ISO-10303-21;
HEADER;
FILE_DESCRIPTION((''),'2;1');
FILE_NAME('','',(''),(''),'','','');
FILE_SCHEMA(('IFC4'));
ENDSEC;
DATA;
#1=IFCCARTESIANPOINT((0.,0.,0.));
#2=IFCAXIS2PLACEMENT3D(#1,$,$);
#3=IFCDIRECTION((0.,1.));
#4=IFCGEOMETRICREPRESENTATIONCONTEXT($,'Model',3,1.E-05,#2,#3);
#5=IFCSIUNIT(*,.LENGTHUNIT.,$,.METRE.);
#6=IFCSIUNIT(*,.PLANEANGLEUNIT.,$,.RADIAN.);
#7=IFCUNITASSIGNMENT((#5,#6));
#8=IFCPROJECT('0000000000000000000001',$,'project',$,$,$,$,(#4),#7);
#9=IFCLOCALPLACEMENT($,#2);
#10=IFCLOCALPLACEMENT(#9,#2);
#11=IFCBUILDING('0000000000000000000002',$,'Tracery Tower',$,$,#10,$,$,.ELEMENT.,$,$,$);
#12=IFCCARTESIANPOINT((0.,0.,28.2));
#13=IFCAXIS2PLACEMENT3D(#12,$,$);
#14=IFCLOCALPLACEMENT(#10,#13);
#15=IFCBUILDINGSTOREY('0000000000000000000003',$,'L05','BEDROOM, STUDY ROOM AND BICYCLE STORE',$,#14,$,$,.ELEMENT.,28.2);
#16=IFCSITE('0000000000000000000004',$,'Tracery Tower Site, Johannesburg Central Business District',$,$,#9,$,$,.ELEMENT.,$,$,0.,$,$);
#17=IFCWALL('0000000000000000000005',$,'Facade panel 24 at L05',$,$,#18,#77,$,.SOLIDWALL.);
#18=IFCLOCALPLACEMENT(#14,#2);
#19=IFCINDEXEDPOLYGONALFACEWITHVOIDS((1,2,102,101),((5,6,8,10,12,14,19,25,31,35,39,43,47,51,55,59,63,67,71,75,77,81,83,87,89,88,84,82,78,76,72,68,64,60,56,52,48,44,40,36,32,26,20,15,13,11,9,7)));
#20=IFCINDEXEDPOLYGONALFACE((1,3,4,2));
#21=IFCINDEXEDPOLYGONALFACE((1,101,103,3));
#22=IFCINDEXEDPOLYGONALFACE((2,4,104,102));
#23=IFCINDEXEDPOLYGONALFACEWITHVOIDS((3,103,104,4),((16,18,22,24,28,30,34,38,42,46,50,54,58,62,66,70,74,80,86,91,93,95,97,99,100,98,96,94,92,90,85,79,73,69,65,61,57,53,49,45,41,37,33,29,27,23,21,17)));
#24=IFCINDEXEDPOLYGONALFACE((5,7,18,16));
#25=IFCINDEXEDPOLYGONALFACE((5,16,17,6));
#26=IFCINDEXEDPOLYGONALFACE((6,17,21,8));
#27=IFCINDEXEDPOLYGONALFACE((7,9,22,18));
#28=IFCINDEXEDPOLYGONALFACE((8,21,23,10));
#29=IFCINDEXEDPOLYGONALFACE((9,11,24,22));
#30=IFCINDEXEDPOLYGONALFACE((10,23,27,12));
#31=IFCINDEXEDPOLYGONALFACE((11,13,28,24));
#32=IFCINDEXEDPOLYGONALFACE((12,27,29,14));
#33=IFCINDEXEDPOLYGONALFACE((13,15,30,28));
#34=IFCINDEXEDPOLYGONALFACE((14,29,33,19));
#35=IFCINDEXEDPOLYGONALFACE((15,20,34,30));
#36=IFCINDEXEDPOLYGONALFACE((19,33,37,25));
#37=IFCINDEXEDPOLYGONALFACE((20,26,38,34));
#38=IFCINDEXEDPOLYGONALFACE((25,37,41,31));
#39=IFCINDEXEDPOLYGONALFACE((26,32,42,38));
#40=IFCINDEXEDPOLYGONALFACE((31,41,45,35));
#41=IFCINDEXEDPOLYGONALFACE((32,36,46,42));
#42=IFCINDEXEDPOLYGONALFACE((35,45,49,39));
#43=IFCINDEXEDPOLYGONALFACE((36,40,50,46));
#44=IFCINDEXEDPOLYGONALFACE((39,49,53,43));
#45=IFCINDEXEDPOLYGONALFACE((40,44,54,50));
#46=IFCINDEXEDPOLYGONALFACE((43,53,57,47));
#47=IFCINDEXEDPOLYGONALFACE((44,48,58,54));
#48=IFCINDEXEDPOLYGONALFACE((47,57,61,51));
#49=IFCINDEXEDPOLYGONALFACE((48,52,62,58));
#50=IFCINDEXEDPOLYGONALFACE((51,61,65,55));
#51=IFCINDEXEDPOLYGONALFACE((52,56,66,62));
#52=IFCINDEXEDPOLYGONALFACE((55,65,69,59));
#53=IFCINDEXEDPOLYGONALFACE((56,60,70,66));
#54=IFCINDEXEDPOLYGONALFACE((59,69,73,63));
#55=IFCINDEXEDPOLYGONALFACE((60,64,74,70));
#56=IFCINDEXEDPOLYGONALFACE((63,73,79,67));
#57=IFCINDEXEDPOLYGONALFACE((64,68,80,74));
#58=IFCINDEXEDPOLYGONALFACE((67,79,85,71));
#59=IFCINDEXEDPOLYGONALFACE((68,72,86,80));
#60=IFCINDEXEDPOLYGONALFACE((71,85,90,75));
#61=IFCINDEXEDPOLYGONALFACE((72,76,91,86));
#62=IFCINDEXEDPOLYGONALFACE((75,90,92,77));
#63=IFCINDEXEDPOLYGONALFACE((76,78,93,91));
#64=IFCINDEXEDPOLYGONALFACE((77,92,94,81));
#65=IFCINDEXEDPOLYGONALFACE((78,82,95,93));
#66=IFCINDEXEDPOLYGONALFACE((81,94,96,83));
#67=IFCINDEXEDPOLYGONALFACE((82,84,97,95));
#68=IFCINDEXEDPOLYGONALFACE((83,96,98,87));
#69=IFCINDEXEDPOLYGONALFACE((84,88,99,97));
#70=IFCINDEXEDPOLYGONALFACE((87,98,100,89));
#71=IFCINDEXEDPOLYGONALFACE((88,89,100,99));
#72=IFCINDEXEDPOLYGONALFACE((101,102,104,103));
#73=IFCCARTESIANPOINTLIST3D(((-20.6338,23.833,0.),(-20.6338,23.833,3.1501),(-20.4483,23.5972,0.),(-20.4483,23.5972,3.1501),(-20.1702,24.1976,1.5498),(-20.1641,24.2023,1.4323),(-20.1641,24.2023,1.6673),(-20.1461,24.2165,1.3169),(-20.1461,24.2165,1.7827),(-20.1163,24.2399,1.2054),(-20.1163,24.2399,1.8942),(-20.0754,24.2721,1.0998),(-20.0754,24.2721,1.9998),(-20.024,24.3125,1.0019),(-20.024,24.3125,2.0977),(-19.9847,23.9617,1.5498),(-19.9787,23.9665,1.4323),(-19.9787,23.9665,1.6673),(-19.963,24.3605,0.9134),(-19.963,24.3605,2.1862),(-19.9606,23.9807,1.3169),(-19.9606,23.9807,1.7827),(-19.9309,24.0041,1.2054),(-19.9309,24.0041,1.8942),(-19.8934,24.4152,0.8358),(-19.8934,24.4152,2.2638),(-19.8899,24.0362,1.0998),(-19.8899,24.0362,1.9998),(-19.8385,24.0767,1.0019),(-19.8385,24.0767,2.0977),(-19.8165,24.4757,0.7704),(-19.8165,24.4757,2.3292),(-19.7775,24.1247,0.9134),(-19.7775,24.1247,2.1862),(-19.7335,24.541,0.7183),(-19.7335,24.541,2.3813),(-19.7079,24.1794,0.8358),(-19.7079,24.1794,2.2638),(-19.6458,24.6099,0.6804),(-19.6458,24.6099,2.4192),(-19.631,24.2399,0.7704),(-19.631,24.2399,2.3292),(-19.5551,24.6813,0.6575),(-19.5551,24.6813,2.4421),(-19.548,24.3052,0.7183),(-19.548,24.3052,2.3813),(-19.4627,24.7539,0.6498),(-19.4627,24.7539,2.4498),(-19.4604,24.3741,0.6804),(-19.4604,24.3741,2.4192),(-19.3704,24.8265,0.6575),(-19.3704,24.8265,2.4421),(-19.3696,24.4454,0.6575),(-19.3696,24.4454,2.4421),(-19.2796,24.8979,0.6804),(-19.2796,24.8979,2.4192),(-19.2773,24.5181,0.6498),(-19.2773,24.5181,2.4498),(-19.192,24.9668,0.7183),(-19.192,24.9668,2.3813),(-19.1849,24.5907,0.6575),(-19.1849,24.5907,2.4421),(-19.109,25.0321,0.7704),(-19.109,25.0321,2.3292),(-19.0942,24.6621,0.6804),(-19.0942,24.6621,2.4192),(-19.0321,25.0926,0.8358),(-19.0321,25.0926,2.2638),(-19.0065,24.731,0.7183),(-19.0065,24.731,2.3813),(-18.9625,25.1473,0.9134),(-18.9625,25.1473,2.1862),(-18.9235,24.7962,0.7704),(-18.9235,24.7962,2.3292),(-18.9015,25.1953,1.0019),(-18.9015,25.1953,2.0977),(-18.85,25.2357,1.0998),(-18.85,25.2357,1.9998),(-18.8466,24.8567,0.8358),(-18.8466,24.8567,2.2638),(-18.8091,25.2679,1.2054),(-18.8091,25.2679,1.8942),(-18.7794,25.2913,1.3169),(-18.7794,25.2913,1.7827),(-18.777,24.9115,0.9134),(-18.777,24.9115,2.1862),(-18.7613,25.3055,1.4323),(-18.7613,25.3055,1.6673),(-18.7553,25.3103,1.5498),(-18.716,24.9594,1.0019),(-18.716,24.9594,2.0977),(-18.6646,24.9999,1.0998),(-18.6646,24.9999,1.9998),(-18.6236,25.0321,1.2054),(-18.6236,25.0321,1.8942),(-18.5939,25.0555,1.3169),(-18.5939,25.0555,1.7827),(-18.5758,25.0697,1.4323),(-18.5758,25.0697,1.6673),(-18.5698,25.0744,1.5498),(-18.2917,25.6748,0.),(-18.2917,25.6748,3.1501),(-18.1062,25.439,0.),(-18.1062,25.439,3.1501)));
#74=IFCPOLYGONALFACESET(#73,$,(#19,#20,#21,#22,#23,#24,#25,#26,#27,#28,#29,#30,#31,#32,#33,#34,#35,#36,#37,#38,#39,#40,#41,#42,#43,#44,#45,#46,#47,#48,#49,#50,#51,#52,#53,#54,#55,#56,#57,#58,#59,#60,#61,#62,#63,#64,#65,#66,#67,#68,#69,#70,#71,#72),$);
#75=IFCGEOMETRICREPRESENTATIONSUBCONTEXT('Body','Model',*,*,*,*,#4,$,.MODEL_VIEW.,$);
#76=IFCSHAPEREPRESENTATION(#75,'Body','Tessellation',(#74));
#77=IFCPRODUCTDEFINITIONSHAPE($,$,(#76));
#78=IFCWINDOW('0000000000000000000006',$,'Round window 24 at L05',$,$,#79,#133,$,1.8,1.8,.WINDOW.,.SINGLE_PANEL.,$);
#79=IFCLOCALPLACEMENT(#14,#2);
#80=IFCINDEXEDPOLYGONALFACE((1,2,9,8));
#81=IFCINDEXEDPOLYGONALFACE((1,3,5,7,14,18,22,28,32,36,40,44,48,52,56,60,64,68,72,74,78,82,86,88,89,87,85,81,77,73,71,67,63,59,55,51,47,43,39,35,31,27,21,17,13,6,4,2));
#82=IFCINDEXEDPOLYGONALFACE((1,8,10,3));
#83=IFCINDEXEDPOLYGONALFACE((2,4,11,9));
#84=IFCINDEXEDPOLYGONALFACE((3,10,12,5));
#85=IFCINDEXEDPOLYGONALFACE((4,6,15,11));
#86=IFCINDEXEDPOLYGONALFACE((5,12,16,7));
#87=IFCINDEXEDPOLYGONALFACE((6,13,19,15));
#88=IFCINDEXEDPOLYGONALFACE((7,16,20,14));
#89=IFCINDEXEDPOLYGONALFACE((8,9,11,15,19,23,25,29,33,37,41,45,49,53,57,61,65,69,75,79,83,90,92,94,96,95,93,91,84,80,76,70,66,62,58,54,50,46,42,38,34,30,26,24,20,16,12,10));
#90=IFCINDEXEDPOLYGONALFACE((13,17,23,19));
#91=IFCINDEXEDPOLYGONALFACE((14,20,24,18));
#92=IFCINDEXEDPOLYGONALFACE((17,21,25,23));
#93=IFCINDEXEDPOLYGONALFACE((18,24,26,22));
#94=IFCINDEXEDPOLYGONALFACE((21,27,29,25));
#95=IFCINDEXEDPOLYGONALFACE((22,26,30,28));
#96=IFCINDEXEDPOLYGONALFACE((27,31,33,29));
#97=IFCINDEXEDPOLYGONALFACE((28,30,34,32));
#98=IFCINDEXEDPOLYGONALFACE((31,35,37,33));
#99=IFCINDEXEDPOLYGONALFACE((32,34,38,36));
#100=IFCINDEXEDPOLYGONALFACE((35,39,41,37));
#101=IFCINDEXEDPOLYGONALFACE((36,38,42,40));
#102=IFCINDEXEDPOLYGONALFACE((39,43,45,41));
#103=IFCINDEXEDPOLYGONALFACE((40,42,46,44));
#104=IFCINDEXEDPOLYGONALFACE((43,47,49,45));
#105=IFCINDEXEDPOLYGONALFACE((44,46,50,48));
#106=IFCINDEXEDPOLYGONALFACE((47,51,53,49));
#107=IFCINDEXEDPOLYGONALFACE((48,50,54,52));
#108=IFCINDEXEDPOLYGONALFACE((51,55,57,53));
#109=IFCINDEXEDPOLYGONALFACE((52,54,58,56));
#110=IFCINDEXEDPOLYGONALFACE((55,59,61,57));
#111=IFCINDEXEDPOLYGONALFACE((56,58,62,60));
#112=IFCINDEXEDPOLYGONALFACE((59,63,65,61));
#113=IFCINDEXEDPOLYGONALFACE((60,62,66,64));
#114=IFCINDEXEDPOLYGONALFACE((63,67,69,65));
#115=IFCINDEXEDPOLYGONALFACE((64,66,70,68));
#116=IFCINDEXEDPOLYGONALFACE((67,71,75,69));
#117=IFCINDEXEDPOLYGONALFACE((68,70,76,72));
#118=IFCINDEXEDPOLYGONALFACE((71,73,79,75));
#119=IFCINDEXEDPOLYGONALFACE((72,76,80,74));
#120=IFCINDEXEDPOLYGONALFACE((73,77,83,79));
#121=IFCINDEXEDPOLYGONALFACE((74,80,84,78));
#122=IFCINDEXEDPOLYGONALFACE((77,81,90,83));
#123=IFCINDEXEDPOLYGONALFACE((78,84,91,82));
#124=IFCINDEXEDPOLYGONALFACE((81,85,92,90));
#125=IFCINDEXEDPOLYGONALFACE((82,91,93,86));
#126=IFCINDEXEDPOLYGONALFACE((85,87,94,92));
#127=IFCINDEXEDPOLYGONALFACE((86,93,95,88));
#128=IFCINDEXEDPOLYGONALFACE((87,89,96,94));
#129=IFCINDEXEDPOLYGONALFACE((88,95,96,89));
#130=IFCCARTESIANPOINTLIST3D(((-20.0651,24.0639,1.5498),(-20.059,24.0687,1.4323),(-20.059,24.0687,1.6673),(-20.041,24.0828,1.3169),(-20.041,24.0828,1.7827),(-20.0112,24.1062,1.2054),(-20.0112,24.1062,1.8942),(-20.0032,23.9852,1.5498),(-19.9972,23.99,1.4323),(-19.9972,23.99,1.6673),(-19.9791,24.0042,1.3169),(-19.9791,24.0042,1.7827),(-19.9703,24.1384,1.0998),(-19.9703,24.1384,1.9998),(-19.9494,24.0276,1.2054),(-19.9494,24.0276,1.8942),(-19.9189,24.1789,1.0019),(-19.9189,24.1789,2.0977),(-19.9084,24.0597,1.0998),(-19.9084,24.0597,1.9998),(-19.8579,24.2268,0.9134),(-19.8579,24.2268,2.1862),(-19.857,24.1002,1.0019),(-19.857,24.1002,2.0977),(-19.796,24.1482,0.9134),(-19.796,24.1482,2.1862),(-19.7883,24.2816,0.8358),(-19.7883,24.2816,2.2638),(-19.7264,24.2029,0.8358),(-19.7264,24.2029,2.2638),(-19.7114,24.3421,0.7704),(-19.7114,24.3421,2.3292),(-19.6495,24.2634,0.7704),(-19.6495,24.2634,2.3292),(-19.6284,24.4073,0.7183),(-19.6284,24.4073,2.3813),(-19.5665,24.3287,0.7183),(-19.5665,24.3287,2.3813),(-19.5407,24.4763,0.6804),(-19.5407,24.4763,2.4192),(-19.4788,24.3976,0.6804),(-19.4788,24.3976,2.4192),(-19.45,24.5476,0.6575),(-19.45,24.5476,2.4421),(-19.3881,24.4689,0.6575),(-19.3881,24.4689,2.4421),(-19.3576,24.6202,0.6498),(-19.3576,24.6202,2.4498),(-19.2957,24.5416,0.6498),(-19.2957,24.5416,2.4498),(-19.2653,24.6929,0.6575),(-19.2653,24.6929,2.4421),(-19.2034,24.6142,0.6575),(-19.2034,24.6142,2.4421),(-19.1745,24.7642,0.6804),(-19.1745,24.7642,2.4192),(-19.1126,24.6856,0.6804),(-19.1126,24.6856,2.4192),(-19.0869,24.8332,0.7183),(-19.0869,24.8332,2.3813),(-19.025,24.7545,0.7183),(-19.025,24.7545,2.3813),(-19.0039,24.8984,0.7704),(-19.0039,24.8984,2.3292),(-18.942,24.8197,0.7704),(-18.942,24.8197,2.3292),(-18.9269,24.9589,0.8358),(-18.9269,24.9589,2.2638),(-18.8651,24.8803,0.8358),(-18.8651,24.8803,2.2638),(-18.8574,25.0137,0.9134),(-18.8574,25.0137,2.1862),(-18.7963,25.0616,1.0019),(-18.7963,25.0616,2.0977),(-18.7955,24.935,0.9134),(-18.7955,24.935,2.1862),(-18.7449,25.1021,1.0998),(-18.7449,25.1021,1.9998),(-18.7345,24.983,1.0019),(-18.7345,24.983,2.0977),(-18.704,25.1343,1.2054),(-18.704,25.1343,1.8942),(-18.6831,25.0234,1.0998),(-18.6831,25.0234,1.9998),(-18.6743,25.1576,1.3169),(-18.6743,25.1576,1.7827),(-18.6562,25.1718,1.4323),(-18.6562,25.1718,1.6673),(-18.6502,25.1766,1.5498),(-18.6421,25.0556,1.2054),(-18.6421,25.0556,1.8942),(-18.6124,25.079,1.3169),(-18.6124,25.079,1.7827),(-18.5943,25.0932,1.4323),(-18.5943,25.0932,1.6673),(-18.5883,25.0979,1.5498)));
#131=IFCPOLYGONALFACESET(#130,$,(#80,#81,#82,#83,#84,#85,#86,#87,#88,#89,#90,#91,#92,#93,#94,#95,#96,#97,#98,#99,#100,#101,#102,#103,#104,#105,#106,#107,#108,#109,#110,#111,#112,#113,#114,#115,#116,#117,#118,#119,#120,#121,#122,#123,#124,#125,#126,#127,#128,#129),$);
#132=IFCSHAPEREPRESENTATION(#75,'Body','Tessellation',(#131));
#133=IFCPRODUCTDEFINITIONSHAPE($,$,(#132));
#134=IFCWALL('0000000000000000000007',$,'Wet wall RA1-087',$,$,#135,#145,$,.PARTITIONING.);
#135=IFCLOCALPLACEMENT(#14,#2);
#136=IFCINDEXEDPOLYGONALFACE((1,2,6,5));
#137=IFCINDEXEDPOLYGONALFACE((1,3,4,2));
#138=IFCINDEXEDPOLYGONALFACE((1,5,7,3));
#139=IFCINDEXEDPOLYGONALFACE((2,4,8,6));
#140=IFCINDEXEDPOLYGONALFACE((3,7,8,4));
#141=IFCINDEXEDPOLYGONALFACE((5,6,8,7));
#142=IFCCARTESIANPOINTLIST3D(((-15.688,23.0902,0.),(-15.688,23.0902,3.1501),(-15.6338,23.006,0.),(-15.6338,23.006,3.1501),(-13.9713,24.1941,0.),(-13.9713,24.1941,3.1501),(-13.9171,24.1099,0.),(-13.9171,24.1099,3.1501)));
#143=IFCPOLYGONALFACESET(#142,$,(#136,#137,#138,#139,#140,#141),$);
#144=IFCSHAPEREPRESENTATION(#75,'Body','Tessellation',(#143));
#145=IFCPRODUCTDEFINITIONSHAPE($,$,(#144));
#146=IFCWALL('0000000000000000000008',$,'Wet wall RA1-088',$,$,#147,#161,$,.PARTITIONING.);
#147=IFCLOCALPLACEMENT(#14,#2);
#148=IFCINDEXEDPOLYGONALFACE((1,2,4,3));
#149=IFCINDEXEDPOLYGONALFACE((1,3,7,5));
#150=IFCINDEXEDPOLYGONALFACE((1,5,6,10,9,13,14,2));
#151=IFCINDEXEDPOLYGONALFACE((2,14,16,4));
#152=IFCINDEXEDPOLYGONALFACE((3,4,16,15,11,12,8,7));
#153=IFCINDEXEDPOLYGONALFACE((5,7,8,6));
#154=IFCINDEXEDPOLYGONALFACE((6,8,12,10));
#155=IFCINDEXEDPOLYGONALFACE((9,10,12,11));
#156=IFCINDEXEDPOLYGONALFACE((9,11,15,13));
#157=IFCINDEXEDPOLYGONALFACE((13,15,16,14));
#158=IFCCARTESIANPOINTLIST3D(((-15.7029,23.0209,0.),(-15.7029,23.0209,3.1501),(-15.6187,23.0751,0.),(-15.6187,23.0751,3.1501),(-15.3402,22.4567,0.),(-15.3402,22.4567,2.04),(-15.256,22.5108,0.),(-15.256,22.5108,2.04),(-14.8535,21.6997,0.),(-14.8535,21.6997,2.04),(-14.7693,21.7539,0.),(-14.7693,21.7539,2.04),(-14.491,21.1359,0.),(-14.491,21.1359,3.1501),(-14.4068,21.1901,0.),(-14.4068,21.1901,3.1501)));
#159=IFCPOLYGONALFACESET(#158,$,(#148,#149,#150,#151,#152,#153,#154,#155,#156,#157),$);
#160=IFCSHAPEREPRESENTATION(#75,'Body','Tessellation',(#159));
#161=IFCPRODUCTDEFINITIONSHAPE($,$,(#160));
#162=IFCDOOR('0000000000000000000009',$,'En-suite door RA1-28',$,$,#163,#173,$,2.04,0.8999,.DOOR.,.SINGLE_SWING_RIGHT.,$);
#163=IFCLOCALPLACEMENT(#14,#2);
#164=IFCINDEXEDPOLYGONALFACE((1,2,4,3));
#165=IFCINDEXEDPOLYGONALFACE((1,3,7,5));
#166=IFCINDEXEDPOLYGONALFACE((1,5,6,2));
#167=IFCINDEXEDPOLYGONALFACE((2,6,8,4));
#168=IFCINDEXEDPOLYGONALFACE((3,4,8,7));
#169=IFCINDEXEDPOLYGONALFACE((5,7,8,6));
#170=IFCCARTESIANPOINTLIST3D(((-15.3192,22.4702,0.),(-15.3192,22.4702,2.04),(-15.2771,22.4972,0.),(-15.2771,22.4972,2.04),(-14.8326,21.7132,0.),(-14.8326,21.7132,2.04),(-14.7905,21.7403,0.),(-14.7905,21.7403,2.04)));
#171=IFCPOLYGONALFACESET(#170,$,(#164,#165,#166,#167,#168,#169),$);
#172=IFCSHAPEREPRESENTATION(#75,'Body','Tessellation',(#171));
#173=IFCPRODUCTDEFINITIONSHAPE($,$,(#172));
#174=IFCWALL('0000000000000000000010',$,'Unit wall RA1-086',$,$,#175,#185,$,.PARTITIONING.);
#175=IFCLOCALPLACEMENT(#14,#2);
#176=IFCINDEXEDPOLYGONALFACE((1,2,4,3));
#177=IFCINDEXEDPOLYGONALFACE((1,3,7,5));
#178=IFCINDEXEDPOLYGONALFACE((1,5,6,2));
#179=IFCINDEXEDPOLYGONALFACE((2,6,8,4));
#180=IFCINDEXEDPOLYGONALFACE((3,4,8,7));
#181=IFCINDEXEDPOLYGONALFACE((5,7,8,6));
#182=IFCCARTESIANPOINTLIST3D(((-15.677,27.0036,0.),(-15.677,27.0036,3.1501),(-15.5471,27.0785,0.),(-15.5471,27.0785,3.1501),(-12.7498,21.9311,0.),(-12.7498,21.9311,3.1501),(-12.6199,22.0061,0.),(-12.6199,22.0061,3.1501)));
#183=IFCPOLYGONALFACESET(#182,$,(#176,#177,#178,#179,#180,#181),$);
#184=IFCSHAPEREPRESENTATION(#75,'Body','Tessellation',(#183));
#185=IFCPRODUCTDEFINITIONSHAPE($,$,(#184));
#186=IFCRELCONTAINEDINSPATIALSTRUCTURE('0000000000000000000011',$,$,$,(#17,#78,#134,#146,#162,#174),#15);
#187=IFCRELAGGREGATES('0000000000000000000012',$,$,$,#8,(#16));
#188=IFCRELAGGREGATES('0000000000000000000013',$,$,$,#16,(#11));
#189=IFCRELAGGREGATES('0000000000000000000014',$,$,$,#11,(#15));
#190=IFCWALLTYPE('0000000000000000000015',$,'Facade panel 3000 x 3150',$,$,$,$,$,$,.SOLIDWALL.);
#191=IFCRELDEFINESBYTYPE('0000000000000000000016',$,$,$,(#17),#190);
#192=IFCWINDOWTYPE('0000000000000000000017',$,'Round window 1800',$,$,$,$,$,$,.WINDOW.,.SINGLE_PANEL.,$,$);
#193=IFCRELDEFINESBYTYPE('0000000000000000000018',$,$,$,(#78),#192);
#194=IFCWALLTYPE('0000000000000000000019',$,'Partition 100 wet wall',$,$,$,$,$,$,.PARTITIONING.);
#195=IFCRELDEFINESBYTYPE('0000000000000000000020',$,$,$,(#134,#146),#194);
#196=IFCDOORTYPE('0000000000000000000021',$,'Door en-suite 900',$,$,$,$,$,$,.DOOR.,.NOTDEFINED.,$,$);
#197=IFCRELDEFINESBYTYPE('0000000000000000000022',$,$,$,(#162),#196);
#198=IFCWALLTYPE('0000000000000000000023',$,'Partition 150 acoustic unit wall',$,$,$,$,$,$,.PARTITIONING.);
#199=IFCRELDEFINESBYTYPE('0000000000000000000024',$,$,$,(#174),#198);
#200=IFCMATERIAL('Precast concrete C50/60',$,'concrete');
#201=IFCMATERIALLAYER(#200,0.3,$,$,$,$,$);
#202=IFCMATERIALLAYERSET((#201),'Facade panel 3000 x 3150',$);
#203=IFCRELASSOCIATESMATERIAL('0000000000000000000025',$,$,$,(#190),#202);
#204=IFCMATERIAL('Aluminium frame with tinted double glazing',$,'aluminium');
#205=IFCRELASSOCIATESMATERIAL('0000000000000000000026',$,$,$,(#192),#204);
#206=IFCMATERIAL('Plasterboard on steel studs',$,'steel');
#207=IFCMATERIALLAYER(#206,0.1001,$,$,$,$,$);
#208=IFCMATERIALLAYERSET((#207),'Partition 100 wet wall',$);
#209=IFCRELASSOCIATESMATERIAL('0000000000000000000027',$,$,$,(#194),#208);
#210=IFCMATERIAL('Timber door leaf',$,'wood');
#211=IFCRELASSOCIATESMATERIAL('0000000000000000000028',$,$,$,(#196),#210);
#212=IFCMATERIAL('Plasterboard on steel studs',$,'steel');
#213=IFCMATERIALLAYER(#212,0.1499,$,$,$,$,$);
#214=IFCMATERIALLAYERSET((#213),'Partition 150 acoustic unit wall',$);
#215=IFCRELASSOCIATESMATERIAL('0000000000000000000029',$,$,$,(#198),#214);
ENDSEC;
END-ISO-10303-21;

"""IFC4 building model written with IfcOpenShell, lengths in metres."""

from ifc_helpers import new_model, si_unit, direction, frame, frame_2d, origin, origin_2d, place, context, subcontext, project, spatial, rectangle, circle, extrude, material, layer, layer_set, type_object, element, fill, save


model = new_model("IFC4")

# Units and contexts
model_context = context("Model", 3, precision=1e-05, world=origin(), true_north=direction((0.0, 1.0)))
body_context = subcontext(model_context, "Body", "Model", "MODEL_VIEW")
ifc_project = project(units=[si_unit("LENGTHUNIT", "METRE"), si_unit("PLANEANGLEUNIT", "RADIAN")], contexts=[model_context])

# Site, building, storey
site_placement = place(None, origin())
site = spatial("IfcSite", under=ifc_project, at=site_placement, Name="Tracery Tower Site, Johannesburg Central Business District", CompositionType="ELEMENT", RefElevation=0.0)
building_placement = place(site_placement, origin())
building = spatial("IfcBuilding", under=site, at=building_placement, Name="Tracery Tower", CompositionType="ELEMENT")
storey_placement = place(building_placement, frame((0.0, 0.0, 28.2)))
storey = spatial("IfcBuildingStorey", under=building, at=storey_placement, Name="L05", Description="BEDROOM, STUDY ROOM AND BICYCLE STORE", CompositionType="ELEMENT", Elevation=28.2)

# Wall, opening, window
ifc_material_1 = material(Name="Precast concrete C50/60", Category="concrete")
ifc_layer_1 = layer(ifc_material_1, 0.3)
ifc_layer_set_1 = layer_set([ifc_layer_1], Name="Facade panel 3000 x 3150")
wall_type_1 = type_object("IfcWallType", Name="Facade panel 3000 x 3150", PredefinedType="SOLIDWALL", material=ifc_layer_set_1)
ifc_material_2 = material(Name="Aluminium frame with tinted double glazing", Category="aluminium")
window_type = type_object("IfcWindowType", Name="Round window 1800", PartitioningType="SINGLE_PANEL", PredefinedType="WINDOW", material=ifc_material_2)
wall_1_placement = place(storey_placement, frame((-18.199, 25.5569, 0.0), z_axis=(0.0, 0.0, 1.0), x_axis=(-0.786054, -0.618158, 0.0)))
wall_1 = element("IfcWall", 1, at=wall_1_placement, inside=storey, type_object=wall_type_1, Name="Facade panel 24 at L05", PredefinedType="SOLIDWALL", context=body_context, shape_type="SweptSolid", body=[
    extrude(rectangle(XDim=2.9795, YDim=0.3, at=frame_2d((1.4897, 0.0))), origin(), (0.0, 0.0, 1.0), 3.1501),
])
opening_1_placement = place(wall_1_placement, frame((1.4897, 0.0, 1.5498)))
opening_1 = element("IfcOpeningElement", 2, at=opening_1_placement, cuts=wall_1, PredefinedType="OPENING", context=body_context, shape_type="SweptSolid", body=[
    extrude(circle(Radius=0.9, at=origin_2d()), frame((0.0, 0.1599, 0.0), z_axis=(0.0, -1.0, 0.0), x_axis=(1.0, 0.0, 0.0)), (0.0, 0.0, 1.0), 0.3201),
])
window_1_placement = place(opening_1_placement, origin())
window_1 = element("IfcWindow", 3, at=window_1_placement, inside=storey, type_object=window_type, Name="Round window 24 at L05", OverallHeight=1.8, OverallWidth=1.8, PartitioningType="SINGLE_PANEL", PredefinedType="WINDOW", context=body_context, shape_type="SweptSolid", body=[
    extrude(circle(Radius=0.9, at=origin_2d()), frame((0.0, 0.1201, 0.0), z_axis=(0.0, -1.0, 0.0), x_axis=(1.0, 0.0, 0.0)), (0.0, 0.0, 1.0), 0.1001),
])
fill(opening_1, window_1)

# Wall
ifc_material_3 = material(Name="Plasterboard on steel studs", Category="steel")
ifc_layer_2 = layer(ifc_material_3, 0.1001)
ifc_layer_set_2 = layer_set([ifc_layer_2], Name="Partition 100 wet wall")
wall_type_2 = type_object("IfcWallType", Name="Partition 100 wet wall", PredefinedType="PARTITIONING", material=ifc_layer_set_2)
wall_2_placement = place(storey_placement, frame((-15.6609, 23.0481, 0.0), z_axis=(0.0, 0.0, 1.0), x_axis=(0.841101, 0.540878, 0.0)))
element("IfcWall", 4, at=wall_2_placement, inside=storey, type_object=wall_type_2, Name="Wet wall RA1-087", PredefinedType="PARTITIONING", context=body_context, shape_type="SweptSolid", body=[
    extrude(rectangle(XDim=2.041, YDim=0.1001, at=frame_2d((1.0205, 0.0))), origin(), (0.0, 0.0, 1.0), 3.1501),
])

# Wall, opening, door
wall_3_placement = place(storey_placement, frame((-15.6609, 23.0481, 0.0), z_axis=(0.0, 0.0, 1.0), x_axis=(0.540796, -0.841154, 0.0)))
wall_3 = element("IfcWall", 5, at=wall_3_placement, inside=storey, type_object=wall_type_2, Name="Wet wall RA1-088", PredefinedType="PARTITIONING", context=body_context, shape_type="SweptSolid", body=[
    extrude(rectangle(XDim=2.241, YDim=0.1001, at=frame_2d((1.1206, 0.0))), origin(), (0.0, 0.0, 1.0), 3.1501),
])
opening_2_placement = place(wall_3_placement, frame((0.6709, 0.0, 0.0)))
opening_2 = element("IfcOpeningElement", 6, at=opening_2_placement, cuts=wall_3, PredefinedType="OPENING", context=body_context, shape_type="SweptSolid", body=[
    extrude(rectangle(XDim=0.8999, YDim=2.04, at=frame_2d((0.45, 1.02))), frame((0.0, 0.05, 0.0), z_axis=(0.0, -1.0, 0.0), x_axis=(1.0, 0.0, 0.0)), (0.0, 0.0, 1.0), 0.1001),
])
ifc_material_4 = material(Name="Timber door leaf", Category="wood")
door_type_1 = type_object("IfcDoorType", Name="Door en-suite 900", OperationType="NOTDEFINED", PredefinedType="DOOR", material=ifc_material_4)
door_1_placement = place(opening_2_placement, origin())
door_1 = element("IfcDoor", 7, at=door_1_placement, inside=storey, type_object=door_type_1, Name="En-suite door RA1-28", OperationType="SINGLE_SWING_RIGHT", OverallHeight=2.04, OverallWidth=0.8999, PredefinedType="DOOR", context=body_context, shape_type="SweptSolid", body=[
    extrude(rectangle(XDim=0.8999, YDim=2.04, at=frame_2d((0.45, 1.02))), frame((0.0, 0.0249, 0.0), z_axis=(0.0, -1.0, 0.0), x_axis=(1.0, 0.0, 0.0)), (0.0, 0.0, 1.0), 0.05),
])
fill(opening_2, door_1)

# Wall
ifc_material_5 = material(Name="Plasterboard on steel studs", Category="steel")
ifc_layer_3 = layer(ifc_material_5, 0.1499)
ifc_layer_set_3 = layer_set([ifc_layer_3], Name="Partition 150 acoustic unit wall")
wall_type_3 = type_object("IfcWallType", Name="Partition 150 acoustic unit wall", PredefinedType="PARTITIONING", material=ifc_layer_set_3)
wall_4_placement = place(storey_placement, frame((-15.6121, 27.041, 0.0), z_axis=(0.0, 0.0, 1.0), x_axis=(0.499825, -0.866127, 0.0)))
element("IfcWall", 8, at=wall_4_placement, inside=storey, type_object=wall_type_3, Name="Unit wall RA1-086", PredefinedType="PARTITIONING", context=body_context, shape_type="SweptSolid", body=[
    extrude(rectangle(XDim=5.8564, YDim=0.1499, at=frame_2d((2.9282, 0.0))), origin(), (0.0, 0.0, 1.0), 3.1501),
])

save(model, "model.ifc")
